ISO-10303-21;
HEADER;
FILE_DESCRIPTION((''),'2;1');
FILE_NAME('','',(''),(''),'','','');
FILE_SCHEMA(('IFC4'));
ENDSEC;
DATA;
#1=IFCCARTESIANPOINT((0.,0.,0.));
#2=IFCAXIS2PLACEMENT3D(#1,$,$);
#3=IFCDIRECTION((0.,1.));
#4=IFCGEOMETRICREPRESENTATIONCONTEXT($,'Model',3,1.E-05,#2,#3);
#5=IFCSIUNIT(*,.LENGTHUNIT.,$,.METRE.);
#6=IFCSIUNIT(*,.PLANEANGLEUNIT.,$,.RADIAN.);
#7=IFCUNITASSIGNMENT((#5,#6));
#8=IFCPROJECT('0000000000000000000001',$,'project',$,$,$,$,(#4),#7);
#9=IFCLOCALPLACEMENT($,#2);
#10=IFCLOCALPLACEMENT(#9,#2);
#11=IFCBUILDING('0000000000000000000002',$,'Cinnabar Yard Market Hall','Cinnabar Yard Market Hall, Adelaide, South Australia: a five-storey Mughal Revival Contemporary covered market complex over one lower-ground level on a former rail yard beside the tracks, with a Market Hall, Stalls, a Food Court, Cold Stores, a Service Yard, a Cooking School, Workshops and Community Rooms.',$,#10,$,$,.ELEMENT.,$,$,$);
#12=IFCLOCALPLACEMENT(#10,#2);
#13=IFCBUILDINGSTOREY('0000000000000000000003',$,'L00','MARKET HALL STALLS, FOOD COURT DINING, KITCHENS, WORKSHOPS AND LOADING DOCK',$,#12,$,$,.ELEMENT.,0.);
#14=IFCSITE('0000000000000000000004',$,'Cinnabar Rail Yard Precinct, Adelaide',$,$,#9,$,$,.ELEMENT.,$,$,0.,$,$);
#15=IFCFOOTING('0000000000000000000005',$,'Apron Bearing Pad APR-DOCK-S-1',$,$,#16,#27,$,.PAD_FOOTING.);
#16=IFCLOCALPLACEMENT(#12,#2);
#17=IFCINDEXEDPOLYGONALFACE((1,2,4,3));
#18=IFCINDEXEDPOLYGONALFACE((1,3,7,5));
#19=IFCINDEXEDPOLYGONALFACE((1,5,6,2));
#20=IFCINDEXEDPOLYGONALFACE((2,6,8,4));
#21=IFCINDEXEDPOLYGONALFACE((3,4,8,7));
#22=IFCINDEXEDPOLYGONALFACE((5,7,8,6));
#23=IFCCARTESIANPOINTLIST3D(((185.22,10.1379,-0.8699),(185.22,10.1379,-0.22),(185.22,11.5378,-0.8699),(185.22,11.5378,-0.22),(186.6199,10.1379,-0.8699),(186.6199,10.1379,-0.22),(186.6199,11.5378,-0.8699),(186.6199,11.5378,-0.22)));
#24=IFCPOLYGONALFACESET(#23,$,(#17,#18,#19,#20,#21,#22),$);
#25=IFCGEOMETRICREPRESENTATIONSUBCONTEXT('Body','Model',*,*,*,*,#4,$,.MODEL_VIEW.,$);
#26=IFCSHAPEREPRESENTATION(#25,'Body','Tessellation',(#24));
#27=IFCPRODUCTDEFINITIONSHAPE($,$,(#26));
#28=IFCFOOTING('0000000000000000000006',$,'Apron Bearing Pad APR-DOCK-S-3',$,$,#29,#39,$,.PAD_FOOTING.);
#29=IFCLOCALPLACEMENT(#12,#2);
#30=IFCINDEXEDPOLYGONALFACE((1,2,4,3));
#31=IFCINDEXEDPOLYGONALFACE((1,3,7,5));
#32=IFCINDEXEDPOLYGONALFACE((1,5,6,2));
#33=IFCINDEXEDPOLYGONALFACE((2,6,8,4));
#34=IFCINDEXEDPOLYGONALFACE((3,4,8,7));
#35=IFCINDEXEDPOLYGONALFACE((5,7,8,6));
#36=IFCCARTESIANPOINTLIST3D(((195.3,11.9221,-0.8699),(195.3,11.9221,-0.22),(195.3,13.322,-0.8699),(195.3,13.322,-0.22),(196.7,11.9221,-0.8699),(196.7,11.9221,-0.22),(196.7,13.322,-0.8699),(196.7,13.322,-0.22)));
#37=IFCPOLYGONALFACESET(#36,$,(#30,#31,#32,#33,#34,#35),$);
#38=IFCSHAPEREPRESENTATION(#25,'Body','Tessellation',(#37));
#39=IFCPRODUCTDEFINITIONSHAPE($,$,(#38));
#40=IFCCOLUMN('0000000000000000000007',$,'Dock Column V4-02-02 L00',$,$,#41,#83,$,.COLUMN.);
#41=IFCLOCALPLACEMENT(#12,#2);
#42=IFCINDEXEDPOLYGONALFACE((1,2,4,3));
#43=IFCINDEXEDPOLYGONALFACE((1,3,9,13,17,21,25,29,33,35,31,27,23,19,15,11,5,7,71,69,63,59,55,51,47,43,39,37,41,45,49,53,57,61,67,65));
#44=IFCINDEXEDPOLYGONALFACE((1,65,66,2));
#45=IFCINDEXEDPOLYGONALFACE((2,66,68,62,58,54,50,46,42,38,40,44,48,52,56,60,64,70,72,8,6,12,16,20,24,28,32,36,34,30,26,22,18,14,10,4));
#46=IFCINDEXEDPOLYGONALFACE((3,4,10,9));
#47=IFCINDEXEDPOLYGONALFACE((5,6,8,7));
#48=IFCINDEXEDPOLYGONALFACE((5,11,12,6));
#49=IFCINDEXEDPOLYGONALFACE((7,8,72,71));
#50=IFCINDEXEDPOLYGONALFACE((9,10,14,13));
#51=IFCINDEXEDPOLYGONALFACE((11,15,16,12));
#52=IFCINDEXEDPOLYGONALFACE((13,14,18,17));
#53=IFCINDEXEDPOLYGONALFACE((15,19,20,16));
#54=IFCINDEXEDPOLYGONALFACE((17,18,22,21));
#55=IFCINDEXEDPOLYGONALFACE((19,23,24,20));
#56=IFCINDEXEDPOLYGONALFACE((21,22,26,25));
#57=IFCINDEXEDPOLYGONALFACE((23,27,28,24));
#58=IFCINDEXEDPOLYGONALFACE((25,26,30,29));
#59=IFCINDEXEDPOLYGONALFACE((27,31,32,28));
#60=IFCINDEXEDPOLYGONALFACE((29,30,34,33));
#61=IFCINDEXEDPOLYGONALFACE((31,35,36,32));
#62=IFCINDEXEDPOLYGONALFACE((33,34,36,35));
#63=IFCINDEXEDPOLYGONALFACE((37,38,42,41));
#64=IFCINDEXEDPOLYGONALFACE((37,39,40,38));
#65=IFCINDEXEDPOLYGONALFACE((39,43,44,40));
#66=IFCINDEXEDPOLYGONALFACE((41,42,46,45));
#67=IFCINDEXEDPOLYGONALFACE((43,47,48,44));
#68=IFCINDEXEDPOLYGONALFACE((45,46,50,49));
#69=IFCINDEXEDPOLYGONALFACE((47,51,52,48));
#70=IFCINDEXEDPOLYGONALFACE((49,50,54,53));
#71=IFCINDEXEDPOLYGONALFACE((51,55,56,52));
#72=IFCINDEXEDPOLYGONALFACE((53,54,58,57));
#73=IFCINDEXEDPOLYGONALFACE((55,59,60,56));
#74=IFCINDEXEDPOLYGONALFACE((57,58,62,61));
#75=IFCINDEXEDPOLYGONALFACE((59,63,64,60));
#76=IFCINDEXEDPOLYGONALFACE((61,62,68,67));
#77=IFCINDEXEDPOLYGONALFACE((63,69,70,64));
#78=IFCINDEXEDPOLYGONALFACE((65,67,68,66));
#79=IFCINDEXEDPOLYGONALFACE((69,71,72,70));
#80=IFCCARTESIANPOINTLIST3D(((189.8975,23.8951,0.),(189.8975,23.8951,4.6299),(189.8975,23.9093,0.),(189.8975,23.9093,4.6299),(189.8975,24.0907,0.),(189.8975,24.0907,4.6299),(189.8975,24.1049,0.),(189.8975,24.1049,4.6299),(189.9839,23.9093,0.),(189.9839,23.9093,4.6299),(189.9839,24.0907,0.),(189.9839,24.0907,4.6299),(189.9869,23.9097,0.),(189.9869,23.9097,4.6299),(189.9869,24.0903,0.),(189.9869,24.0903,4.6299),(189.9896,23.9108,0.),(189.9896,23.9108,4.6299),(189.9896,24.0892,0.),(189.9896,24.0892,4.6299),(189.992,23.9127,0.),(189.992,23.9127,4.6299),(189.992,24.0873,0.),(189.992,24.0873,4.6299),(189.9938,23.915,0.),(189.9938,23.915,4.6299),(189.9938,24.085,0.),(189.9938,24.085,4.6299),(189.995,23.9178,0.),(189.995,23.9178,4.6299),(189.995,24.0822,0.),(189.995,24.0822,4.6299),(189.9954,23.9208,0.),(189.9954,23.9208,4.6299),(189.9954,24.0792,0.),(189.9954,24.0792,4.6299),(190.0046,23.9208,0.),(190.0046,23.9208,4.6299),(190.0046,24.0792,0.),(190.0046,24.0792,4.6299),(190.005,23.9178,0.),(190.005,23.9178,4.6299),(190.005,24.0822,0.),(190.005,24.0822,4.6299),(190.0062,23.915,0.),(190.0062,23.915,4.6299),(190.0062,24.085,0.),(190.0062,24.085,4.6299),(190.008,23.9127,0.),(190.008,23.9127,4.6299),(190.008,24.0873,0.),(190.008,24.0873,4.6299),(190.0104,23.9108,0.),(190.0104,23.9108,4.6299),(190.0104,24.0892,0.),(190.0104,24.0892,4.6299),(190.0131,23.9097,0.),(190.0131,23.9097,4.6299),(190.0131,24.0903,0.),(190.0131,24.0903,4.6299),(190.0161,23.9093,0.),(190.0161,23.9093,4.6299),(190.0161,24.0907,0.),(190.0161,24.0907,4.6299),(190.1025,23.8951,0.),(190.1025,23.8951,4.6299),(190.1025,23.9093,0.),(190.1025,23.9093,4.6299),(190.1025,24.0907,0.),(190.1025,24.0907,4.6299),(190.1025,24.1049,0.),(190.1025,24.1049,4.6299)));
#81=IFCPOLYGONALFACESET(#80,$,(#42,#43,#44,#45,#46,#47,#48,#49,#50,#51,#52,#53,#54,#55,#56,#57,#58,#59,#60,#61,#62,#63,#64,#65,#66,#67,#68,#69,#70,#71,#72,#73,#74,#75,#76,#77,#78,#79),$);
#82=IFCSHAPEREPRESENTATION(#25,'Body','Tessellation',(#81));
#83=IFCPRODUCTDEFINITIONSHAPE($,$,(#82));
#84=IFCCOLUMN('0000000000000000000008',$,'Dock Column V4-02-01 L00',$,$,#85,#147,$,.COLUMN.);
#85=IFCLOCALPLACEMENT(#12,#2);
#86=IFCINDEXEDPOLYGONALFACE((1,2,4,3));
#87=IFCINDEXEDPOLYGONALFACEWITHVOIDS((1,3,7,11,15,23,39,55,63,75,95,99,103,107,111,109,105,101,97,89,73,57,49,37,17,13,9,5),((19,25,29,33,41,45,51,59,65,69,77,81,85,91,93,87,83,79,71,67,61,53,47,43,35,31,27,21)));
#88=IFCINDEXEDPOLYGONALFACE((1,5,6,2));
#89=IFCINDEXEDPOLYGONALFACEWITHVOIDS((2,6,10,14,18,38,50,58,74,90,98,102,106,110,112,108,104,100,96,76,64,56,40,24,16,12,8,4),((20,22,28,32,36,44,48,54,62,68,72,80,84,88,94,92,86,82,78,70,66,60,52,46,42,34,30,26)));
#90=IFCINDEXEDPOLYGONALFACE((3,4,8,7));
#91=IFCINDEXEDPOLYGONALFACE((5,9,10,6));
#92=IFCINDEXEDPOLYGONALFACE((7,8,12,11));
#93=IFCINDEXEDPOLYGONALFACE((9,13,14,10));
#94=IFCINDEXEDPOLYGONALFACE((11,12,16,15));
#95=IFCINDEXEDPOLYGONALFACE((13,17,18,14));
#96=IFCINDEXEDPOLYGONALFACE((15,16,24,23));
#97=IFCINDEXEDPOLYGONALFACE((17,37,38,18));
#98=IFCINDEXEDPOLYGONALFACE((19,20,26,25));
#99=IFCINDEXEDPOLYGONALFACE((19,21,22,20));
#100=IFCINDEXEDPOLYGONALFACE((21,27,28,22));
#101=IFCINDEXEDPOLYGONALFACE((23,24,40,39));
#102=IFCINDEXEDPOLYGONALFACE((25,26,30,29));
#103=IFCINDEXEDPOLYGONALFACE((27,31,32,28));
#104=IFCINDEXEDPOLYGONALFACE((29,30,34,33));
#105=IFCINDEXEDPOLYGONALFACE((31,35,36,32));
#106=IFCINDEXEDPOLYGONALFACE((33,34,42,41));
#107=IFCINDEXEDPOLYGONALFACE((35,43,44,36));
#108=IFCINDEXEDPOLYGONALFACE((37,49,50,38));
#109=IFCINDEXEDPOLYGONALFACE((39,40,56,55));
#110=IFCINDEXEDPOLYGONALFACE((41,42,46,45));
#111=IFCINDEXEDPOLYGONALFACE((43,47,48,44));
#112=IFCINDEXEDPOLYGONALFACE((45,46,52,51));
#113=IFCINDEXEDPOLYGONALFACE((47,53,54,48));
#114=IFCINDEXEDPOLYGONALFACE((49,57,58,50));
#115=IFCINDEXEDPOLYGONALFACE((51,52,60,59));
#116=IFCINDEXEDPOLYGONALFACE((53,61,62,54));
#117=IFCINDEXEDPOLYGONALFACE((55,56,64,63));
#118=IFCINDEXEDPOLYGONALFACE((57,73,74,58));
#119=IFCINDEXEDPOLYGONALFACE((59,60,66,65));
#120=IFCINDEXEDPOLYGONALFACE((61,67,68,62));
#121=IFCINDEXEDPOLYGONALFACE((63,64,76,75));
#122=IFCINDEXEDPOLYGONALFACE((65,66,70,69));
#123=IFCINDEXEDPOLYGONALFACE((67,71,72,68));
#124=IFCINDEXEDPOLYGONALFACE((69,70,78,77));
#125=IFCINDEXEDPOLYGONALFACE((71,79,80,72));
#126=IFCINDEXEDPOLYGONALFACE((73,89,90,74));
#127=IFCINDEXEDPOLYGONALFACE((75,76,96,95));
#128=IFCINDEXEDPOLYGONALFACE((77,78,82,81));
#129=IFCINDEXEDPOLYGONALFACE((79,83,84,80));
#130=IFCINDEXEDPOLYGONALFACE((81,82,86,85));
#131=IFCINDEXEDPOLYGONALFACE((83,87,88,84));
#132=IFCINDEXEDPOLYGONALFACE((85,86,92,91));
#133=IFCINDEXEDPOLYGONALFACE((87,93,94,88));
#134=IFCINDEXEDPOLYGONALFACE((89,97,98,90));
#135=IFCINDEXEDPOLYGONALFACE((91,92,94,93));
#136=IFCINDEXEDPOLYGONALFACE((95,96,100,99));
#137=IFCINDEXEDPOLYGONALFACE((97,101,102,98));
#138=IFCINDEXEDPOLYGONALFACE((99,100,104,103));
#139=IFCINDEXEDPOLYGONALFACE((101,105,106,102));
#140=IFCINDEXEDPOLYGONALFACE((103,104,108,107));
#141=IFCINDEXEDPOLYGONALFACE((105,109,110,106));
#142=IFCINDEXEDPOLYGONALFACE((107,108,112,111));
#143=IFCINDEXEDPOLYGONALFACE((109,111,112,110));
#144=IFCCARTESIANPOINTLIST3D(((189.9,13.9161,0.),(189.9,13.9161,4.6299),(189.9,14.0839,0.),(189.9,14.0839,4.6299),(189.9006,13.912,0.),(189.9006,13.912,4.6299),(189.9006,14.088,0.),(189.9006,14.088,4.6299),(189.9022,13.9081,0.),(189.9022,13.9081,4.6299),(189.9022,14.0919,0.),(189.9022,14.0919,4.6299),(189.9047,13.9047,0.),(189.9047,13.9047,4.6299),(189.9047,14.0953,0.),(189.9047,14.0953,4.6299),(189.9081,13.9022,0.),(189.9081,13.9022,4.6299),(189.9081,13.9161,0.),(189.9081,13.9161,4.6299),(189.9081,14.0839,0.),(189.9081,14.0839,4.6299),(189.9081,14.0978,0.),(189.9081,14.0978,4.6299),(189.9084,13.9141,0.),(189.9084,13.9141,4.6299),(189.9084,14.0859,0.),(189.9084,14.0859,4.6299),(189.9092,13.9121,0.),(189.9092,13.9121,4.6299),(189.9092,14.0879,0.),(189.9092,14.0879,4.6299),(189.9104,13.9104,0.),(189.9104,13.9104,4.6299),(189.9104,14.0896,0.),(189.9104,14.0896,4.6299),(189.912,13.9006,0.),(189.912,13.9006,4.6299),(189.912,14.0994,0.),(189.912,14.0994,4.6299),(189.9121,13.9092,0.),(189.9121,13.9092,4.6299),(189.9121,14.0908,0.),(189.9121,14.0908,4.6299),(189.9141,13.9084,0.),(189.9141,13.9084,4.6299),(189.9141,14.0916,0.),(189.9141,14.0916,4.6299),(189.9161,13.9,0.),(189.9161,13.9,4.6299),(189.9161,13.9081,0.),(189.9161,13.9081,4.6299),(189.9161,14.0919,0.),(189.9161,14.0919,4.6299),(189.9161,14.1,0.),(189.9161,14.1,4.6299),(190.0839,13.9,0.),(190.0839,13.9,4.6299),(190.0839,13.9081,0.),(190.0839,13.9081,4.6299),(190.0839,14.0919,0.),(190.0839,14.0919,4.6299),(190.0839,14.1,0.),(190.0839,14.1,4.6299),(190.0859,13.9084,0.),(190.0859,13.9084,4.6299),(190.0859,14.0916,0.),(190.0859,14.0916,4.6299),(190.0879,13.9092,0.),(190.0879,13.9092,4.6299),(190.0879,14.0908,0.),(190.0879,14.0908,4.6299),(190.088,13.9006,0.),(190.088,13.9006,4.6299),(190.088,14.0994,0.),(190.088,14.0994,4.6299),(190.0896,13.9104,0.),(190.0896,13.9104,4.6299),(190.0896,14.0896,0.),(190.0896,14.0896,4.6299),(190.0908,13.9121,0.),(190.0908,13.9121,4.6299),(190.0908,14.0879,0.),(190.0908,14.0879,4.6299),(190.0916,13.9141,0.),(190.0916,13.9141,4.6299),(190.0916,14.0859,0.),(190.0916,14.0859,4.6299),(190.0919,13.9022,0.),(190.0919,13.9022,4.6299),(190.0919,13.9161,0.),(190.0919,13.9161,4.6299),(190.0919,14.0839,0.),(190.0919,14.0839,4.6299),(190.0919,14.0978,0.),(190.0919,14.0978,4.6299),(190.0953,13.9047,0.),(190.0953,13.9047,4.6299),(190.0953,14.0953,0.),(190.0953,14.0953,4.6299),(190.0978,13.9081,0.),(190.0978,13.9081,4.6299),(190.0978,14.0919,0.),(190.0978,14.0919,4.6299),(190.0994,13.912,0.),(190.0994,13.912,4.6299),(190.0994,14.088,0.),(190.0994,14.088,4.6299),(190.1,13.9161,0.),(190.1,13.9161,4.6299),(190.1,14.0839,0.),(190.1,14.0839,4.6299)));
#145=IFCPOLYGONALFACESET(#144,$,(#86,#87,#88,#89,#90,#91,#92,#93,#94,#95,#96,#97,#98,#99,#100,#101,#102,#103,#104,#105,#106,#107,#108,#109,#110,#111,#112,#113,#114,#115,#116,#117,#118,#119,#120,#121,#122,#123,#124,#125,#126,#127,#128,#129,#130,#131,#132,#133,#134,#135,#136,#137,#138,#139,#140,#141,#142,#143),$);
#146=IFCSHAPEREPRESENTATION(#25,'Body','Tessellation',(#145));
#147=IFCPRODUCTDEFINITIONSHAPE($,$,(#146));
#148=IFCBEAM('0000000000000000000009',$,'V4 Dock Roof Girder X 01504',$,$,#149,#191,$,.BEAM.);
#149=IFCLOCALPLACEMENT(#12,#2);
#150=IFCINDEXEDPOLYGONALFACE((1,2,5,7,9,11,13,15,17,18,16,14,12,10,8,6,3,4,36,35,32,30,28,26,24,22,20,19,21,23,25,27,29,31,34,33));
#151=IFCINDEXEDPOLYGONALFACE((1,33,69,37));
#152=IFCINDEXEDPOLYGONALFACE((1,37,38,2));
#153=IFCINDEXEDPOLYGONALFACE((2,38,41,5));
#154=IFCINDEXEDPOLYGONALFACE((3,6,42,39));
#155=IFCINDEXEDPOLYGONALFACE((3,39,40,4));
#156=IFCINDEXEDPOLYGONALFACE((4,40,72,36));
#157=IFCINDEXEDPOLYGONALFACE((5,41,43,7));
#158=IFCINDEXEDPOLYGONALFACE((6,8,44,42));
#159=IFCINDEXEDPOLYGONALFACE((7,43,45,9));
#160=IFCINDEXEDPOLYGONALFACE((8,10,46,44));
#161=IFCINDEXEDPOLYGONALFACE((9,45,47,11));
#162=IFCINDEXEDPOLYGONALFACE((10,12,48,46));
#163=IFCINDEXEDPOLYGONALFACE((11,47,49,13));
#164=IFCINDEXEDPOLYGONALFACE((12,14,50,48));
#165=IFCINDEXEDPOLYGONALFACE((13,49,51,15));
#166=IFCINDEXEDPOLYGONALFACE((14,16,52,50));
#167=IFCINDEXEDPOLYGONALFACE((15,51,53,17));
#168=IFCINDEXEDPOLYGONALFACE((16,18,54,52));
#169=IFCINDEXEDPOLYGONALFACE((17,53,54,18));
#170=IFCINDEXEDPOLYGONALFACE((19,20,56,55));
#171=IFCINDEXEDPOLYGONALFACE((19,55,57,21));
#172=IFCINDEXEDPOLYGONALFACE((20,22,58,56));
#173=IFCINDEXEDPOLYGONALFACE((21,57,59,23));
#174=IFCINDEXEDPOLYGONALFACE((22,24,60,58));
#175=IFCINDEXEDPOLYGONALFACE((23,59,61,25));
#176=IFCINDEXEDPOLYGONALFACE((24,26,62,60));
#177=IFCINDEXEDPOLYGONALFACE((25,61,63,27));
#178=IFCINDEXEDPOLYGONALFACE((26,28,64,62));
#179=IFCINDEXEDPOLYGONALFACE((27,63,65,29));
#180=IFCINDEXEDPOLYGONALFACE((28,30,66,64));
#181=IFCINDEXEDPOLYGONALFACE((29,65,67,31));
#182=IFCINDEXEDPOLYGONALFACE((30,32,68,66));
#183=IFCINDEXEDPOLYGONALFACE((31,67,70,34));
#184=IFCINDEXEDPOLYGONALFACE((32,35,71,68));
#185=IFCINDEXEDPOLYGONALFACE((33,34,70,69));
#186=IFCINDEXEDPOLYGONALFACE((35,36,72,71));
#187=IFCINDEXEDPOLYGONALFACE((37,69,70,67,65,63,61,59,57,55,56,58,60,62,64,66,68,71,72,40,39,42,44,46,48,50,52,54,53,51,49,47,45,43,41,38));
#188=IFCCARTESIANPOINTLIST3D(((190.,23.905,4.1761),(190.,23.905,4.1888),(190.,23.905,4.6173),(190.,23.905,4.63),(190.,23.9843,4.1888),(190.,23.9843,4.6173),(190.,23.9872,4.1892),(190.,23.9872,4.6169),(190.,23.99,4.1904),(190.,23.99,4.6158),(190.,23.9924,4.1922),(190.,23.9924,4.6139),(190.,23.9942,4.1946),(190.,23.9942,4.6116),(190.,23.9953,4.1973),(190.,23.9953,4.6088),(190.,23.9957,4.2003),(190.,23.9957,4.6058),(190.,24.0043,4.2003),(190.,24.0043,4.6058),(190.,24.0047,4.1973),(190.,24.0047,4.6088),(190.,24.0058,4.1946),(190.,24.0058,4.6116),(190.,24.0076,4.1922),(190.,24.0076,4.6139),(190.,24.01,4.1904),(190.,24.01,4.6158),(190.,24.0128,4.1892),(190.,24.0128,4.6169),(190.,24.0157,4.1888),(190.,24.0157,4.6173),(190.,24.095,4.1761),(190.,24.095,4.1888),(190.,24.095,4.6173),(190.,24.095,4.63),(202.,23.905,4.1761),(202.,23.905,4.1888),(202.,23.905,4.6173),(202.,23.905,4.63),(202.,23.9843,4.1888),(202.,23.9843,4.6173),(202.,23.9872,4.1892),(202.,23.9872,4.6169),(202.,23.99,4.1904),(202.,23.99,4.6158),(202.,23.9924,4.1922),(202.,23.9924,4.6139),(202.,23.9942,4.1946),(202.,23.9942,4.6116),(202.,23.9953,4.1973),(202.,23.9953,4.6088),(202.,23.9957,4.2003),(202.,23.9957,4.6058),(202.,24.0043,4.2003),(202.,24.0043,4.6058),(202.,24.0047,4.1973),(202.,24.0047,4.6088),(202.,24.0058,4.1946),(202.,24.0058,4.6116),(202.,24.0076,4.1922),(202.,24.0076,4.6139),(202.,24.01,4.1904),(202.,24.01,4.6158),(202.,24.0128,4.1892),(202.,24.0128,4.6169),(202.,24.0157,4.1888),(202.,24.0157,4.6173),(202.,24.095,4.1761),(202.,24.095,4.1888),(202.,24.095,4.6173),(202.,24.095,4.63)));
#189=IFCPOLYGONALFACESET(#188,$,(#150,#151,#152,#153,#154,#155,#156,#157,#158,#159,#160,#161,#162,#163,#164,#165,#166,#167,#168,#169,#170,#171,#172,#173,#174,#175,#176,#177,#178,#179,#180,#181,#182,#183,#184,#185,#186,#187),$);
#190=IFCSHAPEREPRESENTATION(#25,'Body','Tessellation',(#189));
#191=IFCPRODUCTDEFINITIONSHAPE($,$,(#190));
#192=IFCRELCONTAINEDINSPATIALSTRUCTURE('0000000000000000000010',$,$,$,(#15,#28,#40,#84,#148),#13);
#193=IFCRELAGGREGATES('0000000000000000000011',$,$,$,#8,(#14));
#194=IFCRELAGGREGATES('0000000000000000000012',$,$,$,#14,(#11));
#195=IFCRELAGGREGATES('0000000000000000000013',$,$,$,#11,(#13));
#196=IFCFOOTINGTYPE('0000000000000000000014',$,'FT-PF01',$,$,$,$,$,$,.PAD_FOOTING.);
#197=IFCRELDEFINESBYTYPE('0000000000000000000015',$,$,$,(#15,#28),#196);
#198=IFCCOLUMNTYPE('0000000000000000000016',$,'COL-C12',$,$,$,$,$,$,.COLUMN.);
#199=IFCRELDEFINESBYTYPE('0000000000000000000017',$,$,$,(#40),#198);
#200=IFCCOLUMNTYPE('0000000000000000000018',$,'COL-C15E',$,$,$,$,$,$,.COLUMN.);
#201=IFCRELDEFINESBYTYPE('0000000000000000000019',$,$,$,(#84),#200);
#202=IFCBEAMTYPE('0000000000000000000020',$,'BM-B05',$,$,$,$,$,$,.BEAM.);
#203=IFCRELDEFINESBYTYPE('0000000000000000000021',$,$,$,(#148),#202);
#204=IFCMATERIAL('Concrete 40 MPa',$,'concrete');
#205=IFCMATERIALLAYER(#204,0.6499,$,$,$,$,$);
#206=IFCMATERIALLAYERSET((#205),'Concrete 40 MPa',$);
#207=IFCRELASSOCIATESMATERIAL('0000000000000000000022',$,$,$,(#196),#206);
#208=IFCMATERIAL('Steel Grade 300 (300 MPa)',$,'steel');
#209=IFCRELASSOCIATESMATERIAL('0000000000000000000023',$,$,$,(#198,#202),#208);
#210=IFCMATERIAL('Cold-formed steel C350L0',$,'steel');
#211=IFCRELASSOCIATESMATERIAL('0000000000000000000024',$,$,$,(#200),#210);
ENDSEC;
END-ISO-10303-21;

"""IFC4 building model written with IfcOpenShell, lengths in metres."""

from ifc_helpers import new_model, si_unit, direction, frame, origin, origin_2d_with_axis, place, context, subcontext, project, spatial, rectangle, hollow_rectangle, i_section, extrude, material, layer, layer_set, material_profile, profile_set, type_object, element, save


model = new_model("IFC4")

# Units and contexts
model_context = context("Model", 3, precision=1e-05, world=origin(), true_north=direction((0.0, 1.0)))
body_context = subcontext(model_context, "Body", "Model", "MODEL_VIEW")
ifc_project = project(units=[si_unit("LENGTHUNIT", "METRE"), si_unit("PLANEANGLEUNIT", "RADIAN")], contexts=[model_context])

# Site, building, storey
site_placement = place(None, origin())
site = spatial("IfcSite", under=ifc_project, at=site_placement, Name="Cinnabar Rail Yard Precinct, Adelaide", CompositionType="ELEMENT", RefElevation=0.0)
building_placement = place(site_placement, origin())
building = spatial("IfcBuilding", under=site, at=building_placement, Name="Cinnabar Yard Market Hall", Description="Cinnabar Yard Market Hall, Adelaide, South Australia: a five-storey Mughal Revival Contemporary covered market complex over one lower-ground level on a former rail yard beside the tracks, with a Market Hall, Stalls, a Food Court, Cold Stores, a Service Yard, a Cooking School, Workshops and Community Rooms.", CompositionType="ELEMENT")
storey_placement = place(building_placement, origin())
storey = spatial("IfcBuildingStorey", under=building, at=storey_placement, Name="L00", Description="MARKET HALL STALLS, FOOD COURT DINING, KITCHENS, WORKSHOPS AND LOADING DOCK", CompositionType="ELEMENT", Elevation=0.0)

# Footings
ifc_material_1 = material(Name="Concrete 40 MPa", Category="concrete")
ifc_layer_1 = layer(ifc_material_1, 0.6499)
ifc_layer_set_1 = layer_set([ifc_layer_1], Name="Concrete 40 MPa")
footing_type = type_object("IfcFootingType", Name="FT-PF01", PredefinedType="PAD_FOOTING", material=ifc_layer_set_1)
for number, where, z_axis, x_axis, name in (
    (1, (185.9199, 10.8379, -0.8699), (0.0, 0.0, 1.0), (1.0, 0.0, 0.0), "Apron Bearing Pad APR-DOCK-S-1"),
    (2, (196.0, 12.6221, -0.8699), (0.0, 0.0, 1.0), (1.0, 0.0, 0.0), "Apron Bearing Pad APR-DOCK-S-3"),
):
    element("IfcFooting", number, at=place(storey_placement, frame(where, z_axis=z_axis, x_axis=x_axis)), inside=storey, type_object=footing_type, Name=name, PredefinedType="PAD_FOOTING", context=body_context, shape_type="SweptSolid", body=[
        extrude(rectangle(XDim=1.3999, YDim=1.3999, at=origin_2d_with_axis()), origin(), (0.0, 0.0, 1.0), 0.6499),
    ])

# Columns
ifc_material_2 = material(Name="Steel Grade 300 (300 MPa)", Category="steel")
ifc_material_profile_1 = material_profile(ifc_material_2, i_section(OverallWidth=0.2051, OverallDepth=0.2097, WebThickness=0.0093, FlangeThickness=0.0142, FilletRadius=0.0115, at=origin_2d_with_axis()), Name="200UC59.5")
ifc_profile_set_1 = profile_set([ifc_material_profile_1], Name="Steel Grade 300 (300 MPa)")
column_type_1 = type_object("IfcColumnType", Name="COL-C12", PredefinedType="COLUMN", material=ifc_profile_set_1)
column_1_placement = place(storey_placement, frame((190.0, 24.0, 0.0), z_axis=(0.0, 0.0, 1.0), x_axis=(1.0, 0.0, 0.0)))
element("IfcColumn", 3, at=column_1_placement, inside=storey, type_object=column_type_1, Name="Dock Column V4-02-02 L00", PredefinedType="COLUMN", context=body_context, shape_type="SweptSolid", body=[
    extrude(i_section(OverallWidth=0.2051, OverallDepth=0.2097, WebThickness=0.0093, FlangeThickness=0.0142, FilletRadius=0.0115, at=origin_2d_with_axis()), origin(), (0.0, 0.0, 1.0), 4.6299),
])
ifc_material_3 = material(Name="Cold-formed steel C350L0", Category="steel")
ifc_material_profile_2 = material_profile(ifc_material_3, hollow_rectangle(XDim=0.2, YDim=0.2, WallThickness=0.0081, InnerFilletRadius=0.0081, OuterFilletRadius=0.0161, at=origin_2d_with_axis()), Name="200x200x8.0SHS")
ifc_profile_set_2 = profile_set([ifc_material_profile_2], Name="Cold-formed steel C350L0")
column_type_2 = type_object("IfcColumnType", Name="COL-C15E", PredefinedType="COLUMN", material=ifc_profile_set_2)
column_2_placement = place(storey_placement, frame((190.0, 14.0, 0.0), z_axis=(0.0, 0.0, 1.0), x_axis=(1.0, 0.0, 0.0)))
element("IfcColumn", 4, at=column_2_placement, inside=storey, type_object=column_type_2, Name="Dock Column V4-02-01 L00", PredefinedType="COLUMN", context=body_context, shape_type="SweptSolid", body=[
    extrude(hollow_rectangle(XDim=0.2, YDim=0.2, WallThickness=0.0081, InnerFilletRadius=0.0081, OuterFilletRadius=0.0161, at=origin_2d_with_axis()), origin(), (0.0, 0.0, 1.0), 4.6299),
])

# Beam
ifc_material_profile_3 = material_profile(ifc_material_2, i_section(OverallWidth=0.1899, OverallDepth=0.4539, WebThickness=0.0085, FlangeThickness=0.0127, FilletRadius=0.0115, at=origin_2d_with_axis()), Name="460UB67.1")
ifc_profile_set_3 = profile_set([ifc_material_profile_3], Name="Steel Grade 300 (300 MPa)")
beam_type_1 = type_object("IfcBeamType", Name="BM-B05", PredefinedType="BEAM", material=ifc_profile_set_3)
beam_1_placement = place(storey_placement, frame((190.0, 24.0, 4.4031), z_axis=(1.0, 0.0, 0.0), x_axis=(0.0, 1.0, 0.0)))
element("IfcBeam", 5, at=beam_1_placement, inside=storey, type_object=beam_type_1, Name="V4 Dock Roof Girder X 01504", PredefinedType="BEAM", context=body_context, shape_type="SweptSolid", body=[
    extrude(i_section(OverallWidth=0.1899, OverallDepth=0.4539, WebThickness=0.0085, FlangeThickness=0.0127, FilletRadius=0.0115, at=origin_2d_with_axis()), origin(), (0.0, 0.0, 1.0), 12.0),
])

save(model, "model.ifc")
